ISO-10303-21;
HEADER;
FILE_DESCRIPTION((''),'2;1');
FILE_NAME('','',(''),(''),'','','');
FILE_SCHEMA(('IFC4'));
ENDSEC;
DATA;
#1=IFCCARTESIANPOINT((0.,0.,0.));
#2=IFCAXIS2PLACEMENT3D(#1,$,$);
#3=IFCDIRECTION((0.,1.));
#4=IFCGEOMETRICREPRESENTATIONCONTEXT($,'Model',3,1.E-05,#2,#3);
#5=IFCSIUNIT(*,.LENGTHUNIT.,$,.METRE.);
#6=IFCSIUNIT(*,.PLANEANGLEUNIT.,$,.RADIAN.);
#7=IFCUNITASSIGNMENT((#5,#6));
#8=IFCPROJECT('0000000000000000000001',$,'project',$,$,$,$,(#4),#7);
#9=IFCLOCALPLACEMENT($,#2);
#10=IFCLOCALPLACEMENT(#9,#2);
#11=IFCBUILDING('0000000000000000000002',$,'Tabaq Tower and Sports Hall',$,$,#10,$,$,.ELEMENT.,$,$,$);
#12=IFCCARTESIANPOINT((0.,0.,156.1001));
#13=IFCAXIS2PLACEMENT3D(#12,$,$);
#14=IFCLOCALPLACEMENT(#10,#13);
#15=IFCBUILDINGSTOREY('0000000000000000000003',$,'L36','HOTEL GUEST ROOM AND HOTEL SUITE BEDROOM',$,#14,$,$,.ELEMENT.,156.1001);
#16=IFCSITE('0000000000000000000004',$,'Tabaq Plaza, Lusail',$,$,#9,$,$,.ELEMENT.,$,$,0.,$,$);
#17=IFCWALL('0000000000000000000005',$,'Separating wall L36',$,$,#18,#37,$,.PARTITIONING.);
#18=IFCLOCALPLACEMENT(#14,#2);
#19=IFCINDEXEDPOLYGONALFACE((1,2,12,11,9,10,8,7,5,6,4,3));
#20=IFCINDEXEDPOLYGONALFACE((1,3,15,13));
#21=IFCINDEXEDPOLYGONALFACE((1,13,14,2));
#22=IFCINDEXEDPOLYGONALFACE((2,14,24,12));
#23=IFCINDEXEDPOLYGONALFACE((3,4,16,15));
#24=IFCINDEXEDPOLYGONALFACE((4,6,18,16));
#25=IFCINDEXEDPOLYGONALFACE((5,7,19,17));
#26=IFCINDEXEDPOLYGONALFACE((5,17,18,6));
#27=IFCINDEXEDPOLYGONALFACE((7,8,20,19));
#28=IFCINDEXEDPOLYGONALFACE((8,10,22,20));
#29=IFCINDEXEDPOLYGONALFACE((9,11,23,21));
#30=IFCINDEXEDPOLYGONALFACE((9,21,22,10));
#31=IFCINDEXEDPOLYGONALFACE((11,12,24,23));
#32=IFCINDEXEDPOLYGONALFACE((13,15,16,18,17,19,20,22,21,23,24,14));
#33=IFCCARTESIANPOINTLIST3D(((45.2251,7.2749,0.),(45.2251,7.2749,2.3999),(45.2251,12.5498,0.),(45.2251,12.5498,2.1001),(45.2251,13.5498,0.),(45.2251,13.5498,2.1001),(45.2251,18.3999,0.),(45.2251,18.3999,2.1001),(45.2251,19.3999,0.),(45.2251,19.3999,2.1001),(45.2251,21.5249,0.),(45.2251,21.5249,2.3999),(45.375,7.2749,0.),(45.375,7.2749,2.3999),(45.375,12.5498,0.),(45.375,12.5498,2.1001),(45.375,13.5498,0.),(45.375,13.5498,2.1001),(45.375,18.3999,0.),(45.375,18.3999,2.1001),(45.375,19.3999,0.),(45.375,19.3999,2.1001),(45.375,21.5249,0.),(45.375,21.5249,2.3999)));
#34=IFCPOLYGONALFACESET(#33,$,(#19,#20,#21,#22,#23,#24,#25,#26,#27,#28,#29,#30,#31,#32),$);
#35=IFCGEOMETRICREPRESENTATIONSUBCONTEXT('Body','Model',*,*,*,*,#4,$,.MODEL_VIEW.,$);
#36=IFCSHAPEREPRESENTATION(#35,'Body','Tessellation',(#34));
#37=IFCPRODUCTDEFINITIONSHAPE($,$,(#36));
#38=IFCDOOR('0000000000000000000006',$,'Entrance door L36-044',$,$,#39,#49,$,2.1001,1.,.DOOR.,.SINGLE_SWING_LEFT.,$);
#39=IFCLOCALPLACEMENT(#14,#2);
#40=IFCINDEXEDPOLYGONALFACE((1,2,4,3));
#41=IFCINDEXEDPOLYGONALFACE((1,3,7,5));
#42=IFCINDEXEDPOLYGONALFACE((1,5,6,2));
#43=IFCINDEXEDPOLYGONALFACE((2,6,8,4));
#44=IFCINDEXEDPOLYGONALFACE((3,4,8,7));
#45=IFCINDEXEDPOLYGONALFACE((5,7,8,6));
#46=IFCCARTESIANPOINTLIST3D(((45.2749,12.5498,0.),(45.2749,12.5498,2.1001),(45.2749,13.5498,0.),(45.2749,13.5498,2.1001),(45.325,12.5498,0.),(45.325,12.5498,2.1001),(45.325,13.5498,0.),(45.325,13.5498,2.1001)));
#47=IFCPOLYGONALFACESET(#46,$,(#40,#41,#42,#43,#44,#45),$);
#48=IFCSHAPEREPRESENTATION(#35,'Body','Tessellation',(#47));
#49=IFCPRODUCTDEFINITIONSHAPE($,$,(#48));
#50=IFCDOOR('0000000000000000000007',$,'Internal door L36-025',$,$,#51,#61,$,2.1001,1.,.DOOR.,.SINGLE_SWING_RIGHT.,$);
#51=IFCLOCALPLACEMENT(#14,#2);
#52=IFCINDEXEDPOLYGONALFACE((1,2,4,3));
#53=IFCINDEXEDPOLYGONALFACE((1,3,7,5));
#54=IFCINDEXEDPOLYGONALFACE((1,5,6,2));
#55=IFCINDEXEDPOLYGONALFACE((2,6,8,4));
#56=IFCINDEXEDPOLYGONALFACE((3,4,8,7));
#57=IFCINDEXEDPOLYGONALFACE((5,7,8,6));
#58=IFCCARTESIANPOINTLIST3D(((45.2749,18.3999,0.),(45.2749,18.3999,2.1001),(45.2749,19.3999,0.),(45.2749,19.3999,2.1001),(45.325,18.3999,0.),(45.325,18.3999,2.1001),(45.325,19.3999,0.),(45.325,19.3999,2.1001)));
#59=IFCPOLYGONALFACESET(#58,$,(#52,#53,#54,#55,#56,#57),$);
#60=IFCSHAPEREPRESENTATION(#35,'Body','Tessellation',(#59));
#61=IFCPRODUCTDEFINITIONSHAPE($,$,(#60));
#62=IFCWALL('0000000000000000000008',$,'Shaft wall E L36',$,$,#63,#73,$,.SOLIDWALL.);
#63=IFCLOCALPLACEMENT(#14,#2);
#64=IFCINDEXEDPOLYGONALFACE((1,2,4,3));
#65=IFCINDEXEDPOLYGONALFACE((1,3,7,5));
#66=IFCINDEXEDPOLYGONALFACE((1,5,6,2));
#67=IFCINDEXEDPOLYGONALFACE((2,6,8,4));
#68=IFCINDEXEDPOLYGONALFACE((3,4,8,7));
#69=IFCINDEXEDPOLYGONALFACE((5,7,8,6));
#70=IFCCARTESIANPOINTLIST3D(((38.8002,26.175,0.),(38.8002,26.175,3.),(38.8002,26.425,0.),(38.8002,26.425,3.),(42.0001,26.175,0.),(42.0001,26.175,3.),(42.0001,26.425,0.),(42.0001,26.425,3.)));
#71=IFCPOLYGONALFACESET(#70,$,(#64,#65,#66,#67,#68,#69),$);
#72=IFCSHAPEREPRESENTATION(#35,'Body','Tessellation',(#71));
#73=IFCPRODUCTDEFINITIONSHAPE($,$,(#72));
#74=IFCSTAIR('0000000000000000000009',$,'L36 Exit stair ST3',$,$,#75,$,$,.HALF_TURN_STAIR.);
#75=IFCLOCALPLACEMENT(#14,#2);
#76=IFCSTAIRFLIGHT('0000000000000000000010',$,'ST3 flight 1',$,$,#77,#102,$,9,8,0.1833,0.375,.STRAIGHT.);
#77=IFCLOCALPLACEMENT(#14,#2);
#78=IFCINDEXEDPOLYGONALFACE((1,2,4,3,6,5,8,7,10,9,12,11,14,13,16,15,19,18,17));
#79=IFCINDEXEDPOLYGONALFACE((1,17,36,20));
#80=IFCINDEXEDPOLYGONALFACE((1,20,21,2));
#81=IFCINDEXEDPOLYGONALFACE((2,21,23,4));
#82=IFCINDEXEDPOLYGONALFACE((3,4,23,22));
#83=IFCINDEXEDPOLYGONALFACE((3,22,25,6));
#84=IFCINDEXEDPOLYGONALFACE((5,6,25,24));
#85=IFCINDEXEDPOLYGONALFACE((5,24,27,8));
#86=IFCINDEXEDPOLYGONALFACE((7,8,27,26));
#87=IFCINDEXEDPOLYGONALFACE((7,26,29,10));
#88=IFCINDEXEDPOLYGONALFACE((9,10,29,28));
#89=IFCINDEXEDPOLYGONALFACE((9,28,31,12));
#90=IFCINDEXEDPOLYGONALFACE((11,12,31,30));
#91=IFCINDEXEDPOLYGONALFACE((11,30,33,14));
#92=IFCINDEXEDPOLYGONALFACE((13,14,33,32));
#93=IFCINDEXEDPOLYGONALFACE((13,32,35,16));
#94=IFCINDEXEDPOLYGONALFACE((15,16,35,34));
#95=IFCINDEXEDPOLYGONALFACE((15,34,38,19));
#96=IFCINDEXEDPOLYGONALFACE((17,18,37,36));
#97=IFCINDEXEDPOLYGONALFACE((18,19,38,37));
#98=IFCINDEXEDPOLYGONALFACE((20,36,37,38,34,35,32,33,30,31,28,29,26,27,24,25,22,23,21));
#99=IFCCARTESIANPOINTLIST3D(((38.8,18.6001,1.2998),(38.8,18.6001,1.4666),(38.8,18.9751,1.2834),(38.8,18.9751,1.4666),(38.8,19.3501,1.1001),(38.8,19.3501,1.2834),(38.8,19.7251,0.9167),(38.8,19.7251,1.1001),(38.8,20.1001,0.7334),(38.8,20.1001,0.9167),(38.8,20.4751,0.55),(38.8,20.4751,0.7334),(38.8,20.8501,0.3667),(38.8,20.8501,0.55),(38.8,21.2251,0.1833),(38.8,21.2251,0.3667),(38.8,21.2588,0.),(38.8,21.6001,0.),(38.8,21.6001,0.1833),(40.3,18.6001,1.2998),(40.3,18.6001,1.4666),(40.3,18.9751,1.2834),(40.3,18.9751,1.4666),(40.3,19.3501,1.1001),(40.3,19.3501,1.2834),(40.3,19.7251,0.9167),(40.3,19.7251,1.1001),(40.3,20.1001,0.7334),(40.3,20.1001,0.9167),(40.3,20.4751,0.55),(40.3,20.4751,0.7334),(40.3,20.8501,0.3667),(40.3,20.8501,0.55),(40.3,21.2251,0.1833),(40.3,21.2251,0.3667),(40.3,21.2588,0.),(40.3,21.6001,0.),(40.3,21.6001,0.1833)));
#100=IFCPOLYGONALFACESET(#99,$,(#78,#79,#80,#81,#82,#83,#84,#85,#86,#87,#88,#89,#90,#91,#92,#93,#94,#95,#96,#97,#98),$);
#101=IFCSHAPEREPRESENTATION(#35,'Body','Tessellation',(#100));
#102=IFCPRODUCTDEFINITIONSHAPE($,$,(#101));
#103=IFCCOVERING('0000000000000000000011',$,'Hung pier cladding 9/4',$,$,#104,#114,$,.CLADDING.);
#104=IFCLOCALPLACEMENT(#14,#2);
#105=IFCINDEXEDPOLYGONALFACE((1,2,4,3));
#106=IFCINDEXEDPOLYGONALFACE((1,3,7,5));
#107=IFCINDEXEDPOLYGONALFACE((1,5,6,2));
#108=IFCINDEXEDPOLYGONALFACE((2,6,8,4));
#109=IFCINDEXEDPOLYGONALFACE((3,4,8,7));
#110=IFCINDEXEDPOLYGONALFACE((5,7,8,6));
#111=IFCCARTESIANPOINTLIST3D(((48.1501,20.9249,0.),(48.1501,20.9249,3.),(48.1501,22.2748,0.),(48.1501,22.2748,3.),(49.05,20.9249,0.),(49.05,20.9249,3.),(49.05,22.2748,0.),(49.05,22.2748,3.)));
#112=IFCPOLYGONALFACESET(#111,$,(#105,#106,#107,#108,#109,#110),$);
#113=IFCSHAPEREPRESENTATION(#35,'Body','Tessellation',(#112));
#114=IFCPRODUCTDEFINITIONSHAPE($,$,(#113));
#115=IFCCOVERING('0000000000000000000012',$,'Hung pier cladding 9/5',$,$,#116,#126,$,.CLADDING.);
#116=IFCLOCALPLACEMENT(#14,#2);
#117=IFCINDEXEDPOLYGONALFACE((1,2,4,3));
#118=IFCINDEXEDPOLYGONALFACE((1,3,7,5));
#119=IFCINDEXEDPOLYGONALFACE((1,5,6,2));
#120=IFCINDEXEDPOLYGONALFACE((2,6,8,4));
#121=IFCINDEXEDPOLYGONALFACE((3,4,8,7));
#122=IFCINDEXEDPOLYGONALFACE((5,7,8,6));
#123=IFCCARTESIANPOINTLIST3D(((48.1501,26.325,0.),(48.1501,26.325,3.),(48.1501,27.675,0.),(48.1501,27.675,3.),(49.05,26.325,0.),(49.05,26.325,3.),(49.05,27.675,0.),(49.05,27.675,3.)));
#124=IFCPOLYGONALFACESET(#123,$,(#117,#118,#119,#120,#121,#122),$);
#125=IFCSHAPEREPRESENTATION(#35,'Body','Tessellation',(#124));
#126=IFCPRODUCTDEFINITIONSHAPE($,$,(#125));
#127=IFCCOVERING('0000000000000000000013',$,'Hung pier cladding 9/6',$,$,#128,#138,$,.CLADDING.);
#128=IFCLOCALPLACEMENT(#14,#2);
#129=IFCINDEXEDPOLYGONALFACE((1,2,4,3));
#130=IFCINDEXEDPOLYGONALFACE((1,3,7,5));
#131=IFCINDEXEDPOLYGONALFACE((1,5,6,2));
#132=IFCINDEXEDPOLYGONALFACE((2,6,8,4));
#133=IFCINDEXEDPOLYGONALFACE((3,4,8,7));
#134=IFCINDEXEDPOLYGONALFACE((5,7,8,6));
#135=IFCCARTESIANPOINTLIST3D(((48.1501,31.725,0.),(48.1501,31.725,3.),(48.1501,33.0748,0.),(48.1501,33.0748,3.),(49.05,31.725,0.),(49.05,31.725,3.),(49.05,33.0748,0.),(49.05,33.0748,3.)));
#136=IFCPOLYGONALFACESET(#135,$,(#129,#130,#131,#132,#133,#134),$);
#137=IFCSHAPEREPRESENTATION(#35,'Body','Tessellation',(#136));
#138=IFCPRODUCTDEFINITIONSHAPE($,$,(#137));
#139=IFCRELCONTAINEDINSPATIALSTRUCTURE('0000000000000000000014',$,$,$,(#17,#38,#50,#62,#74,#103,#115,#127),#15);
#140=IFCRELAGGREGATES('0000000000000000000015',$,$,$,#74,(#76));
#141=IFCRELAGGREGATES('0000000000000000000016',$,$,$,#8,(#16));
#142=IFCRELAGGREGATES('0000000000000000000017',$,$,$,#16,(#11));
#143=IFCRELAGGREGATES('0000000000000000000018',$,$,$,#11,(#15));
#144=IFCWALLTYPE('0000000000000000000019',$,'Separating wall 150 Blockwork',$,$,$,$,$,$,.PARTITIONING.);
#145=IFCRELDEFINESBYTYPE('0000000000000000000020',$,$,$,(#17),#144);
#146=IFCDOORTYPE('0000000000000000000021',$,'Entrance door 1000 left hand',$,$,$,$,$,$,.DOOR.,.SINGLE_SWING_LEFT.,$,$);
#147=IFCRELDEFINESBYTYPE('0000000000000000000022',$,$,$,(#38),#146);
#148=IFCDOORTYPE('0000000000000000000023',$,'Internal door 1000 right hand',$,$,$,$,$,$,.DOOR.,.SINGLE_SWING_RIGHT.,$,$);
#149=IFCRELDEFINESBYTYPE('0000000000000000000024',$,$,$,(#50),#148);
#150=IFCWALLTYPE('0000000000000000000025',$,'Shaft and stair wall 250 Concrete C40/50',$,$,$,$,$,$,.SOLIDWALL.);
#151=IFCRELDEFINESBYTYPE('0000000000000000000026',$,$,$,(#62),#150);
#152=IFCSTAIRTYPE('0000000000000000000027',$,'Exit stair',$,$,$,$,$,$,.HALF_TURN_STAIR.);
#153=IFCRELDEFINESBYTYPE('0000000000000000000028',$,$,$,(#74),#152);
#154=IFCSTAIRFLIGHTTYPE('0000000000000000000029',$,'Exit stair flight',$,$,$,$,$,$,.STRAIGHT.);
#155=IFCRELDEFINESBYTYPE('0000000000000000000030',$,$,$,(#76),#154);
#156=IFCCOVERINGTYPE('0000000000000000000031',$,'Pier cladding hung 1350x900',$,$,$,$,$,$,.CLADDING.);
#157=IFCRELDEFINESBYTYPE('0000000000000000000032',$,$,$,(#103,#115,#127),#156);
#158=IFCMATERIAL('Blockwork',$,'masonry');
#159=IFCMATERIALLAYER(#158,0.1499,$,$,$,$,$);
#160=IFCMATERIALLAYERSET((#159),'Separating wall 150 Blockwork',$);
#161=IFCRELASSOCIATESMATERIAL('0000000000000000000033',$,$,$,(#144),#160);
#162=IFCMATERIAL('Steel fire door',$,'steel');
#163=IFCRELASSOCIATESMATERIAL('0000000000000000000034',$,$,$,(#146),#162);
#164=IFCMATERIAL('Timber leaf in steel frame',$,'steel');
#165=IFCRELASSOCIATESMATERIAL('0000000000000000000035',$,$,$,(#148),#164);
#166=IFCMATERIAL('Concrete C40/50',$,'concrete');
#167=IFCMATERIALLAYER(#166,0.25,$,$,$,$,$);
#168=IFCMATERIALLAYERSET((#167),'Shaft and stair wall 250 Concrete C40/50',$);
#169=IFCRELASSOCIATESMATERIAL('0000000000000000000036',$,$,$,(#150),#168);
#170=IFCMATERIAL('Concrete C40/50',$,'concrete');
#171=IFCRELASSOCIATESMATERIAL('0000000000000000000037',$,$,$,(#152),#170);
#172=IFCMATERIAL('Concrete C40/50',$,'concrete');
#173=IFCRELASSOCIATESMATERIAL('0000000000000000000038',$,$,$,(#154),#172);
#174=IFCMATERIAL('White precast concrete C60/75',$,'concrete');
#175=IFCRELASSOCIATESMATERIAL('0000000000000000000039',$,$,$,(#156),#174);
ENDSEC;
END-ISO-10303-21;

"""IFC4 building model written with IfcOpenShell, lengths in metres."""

from ifc_helpers import new_model, si_unit, direction, frame, frame_2d, origin, place, context, subcontext, project, spatial, polyline, rectangle, outline, extrude, material, layer, layer_set, type_object, element, fill, aggregate, save


model = new_model("IFC4")

# Units and contexts
model_context = context("Model", 3, precision=1e-05, world=origin(), true_north=direction((0.0, 1.0)))
body_context = subcontext(model_context, "Body", "Model", "MODEL_VIEW")
ifc_project = project(units=[si_unit("LENGTHUNIT", "METRE"), si_unit("PLANEANGLEUNIT", "RADIAN")], contexts=[model_context])

# Site, building, storey
site_placement = place(None, origin())
site = spatial("IfcSite", under=ifc_project, at=site_placement, Name="Tabaq Plaza, Lusail", CompositionType="ELEMENT", RefElevation=0.0)
building_placement = place(site_placement, origin())
building = spatial("IfcBuilding", under=site, at=building_placement, Name="Tabaq Tower and Sports Hall", CompositionType="ELEMENT")
storey_placement = place(building_placement, frame((0.0, 0.0, 156.1001)))
storey = spatial("IfcBuildingStorey", under=building, at=storey_placement, Name="L36", Description="HOTEL GUEST ROOM AND HOTEL SUITE BEDROOM", CompositionType="ELEMENT", Elevation=156.1001)

# Shared definitions
ifc_material_1 = material(Name="Blockwork", Category="masonry")
ifc_layer_1 = layer(ifc_material_1, 0.1499)
ifc_layer_set_1 = layer_set([ifc_layer_1], Name="Separating wall 150 Blockwork")
wall_type_1 = type_object("IfcWallType", Name="Separating wall 150 Blockwork", PredefinedType="PARTITIONING", material=ifc_layer_set_1)

# Wall, openings, doors
wall_1_placement = place(storey_placement, frame((45.3, 21.5249, 0.0), z_axis=(0.0, 0.0, 1.0), x_axis=(0.0, -1.0, 0.0)))
wall_1 = element("IfcWall", 1, at=wall_1_placement, inside=storey, type_object=wall_type_1, Name="Separating wall L36", PredefinedType="PARTITIONING", context=body_context, shape_type="SweptSolid", body=[
    extrude(rectangle(XDim=14.25, YDim=0.1499, at=frame_2d((7.125, 0.0))), origin(), (0.0, 0.0, 1.0), 2.3999),
])
opening_1_placement = place(wall_1_placement, frame((2.125, 0.0, 0.0)))
opening_1 = element("IfcOpeningElement", 2, at=opening_1_placement, cuts=wall_1, PredefinedType="OPENING", context=body_context, shape_type="SweptSolid", body=[
    extrude(rectangle(XDim=1.0, YDim=2.1001, at=frame_2d((0.5, 1.05))), frame((0.0, 0.075, 0.0), z_axis=(0.0, -1.0, 0.0), x_axis=(1.0, 0.0, 0.0)), (0.0, 0.0, 1.0), 0.1499),
])
opening_2_placement = place(wall_1_placement, frame((7.9751, 0.0, 0.0)))
opening_2 = element("IfcOpeningElement", 3, at=opening_2_placement, cuts=wall_1, PredefinedType="OPENING", context=body_context, shape_type="SweptSolid", body=[
    extrude(rectangle(XDim=1.0, YDim=2.1001, at=frame_2d((0.5, 1.05))), frame((0.0, 0.075, 0.0), z_axis=(0.0, -1.0, 0.0), x_axis=(1.0, 0.0, 0.0)), (0.0, 0.0, 1.0), 0.1499),
])
ifc_material_2 = material(Name="Steel fire door", Category="steel")
door_type_1 = type_object("IfcDoorType", Name="Entrance door 1000 left hand", OperationType="SINGLE_SWING_LEFT", PredefinedType="DOOR", material=ifc_material_2)
door_1_placement = place(opening_2_placement, origin())
door_1 = element("IfcDoor", 4, at=door_1_placement, inside=storey, type_object=door_type_1, Name="Entrance door L36-044", OperationType="SINGLE_SWING_LEFT", OverallHeight=2.1001, OverallWidth=1.0, PredefinedType="DOOR", context=body_context, shape_type="SweptSolid", body=[
    extrude(rectangle(XDim=1.0, YDim=2.1001, at=frame_2d((0.5, 1.05))), frame((0.0, 0.0249, 0.0), z_axis=(0.0, -1.0, 0.0), x_axis=(1.0, 0.0, 0.0)), (0.0, 0.0, 1.0), 0.05),
])
fill(opening_2, door_1)
ifc_material_3 = material(Name="Timber leaf in steel frame", Category="steel")
door_type_2 = type_object("IfcDoorType", Name="Internal door 1000 right hand", OperationType="SINGLE_SWING_RIGHT", PredefinedType="DOOR", material=ifc_material_3)
door_2_placement = place(opening_1_placement, origin())
door_2 = element("IfcDoor", 5, at=door_2_placement, inside=storey, type_object=door_type_2, Name="Internal door L36-025", OperationType="SINGLE_SWING_RIGHT", OverallHeight=2.1001, OverallWidth=1.0, PredefinedType="DOOR", context=body_context, shape_type="SweptSolid", body=[
    extrude(rectangle(XDim=1.0, YDim=2.1001, at=frame_2d((0.5, 1.05))), frame((0.0, 0.0249, 0.0), z_axis=(0.0, -1.0, 0.0), x_axis=(1.0, 0.0, 0.0)), (0.0, 0.0, 1.0), 0.05),
])
fill(opening_1, door_2)

# Wall
ifc_material_4 = material(Name="Concrete C40/50", Category="concrete")
ifc_layer_2 = layer(ifc_material_4, 0.25)
ifc_layer_set_2 = layer_set([ifc_layer_2], Name="Shaft and stair wall 250 Concrete C40/50")
wall_type_2 = type_object("IfcWallType", Name="Shaft and stair wall 250 Concrete C40/50", PredefinedType="SOLIDWALL", material=ifc_layer_set_2)
wall_2_placement = place(storey_placement, frame((38.8, 26.3, 0.0), z_axis=(0.0, 0.0, 1.0), x_axis=(1.0, 0.0, 0.0)))
element("IfcWall", 6, at=wall_2_placement, inside=storey, type_object=wall_type_2, Name="Shaft wall E L36", PredefinedType="SOLIDWALL", context=body_context, shape_type="SweptSolid", body=[
    extrude(rectangle(XDim=3.2, YDim=0.25, at=frame_2d((1.6001, 0.0))), origin(), (0.0, 0.0, 1.0), 3.0),
])

# Stair, stair flight
ifc_material_5 = material(Name="Concrete C40/50", Category="concrete")
stair_type = type_object("IfcStairType", Name="Exit stair", PredefinedType="HALF_TURN_STAIR", material=ifc_material_5)
stair_placement = place(storey_placement, origin())
stair = element("IfcStair", 7, at=stair_placement, inside=storey, type_object=stair_type, Name="L36 Exit stair ST3", PredefinedType="HALF_TURN_STAIR")
ifc_material_6 = material(Name="Concrete C40/50", Category="concrete")
stair_flight_type = type_object("IfcStairFlightType", Name="Exit stair flight", PredefinedType="STRAIGHT", material=ifc_material_6)
stair_flight_placement = place(storey_placement, frame((39.55, 21.6001, 0.0), z_axis=(0.0, 0.0, 1.0), x_axis=(0.0, -1.0, 0.0)))
stair_flight = element("IfcStairFlight", 8, at=stair_flight_placement, type_object=stair_flight_type, Name="ST3 flight 1", NumberOfRisers=9, NumberOfTreads=8, PredefinedType="STRAIGHT", RiserHeight=0.1833, TreadLength=0.375, context=body_context, shape_type="SweptSolid", body=[
    extrude(outline(polyline([(0.0, 0.0), (0.0, 0.1833), (0.375, 0.1833), (0.375, 0.3667), (0.75, 0.3667), (0.75, 0.55), (1.125, 0.55), (1.125, 0.7334), (1.5, 0.7334), (1.5, 0.9167), (1.875, 0.9167), (1.875, 1.1001), (2.25, 1.1001), (2.25, 1.2834), (2.625, 1.2834), (2.625, 1.4666), (3.0, 1.4666), (3.0, 1.6499), (3.0, 1.2998), (0.3413, 0.0), (0.0, 0.0)])), frame((0.0, 0.75, 0.0), z_axis=(0.0, -1.0, 0.0), x_axis=(1.0, 0.0, 0.0)), (0.0, 0.0, 1.0), 1.5),
])
aggregate(stair, [stair_flight])

# Coverings
ifc_material_7 = material(Name="White precast concrete C60/75", Category="concrete")
covering_type_1 = type_object("IfcCoveringType", Name="Pier cladding hung 1350x900", PredefinedType="CLADDING", material=ifc_material_7)
covering_1_placement = place(storey_placement, frame((48.6001, 20.925, 0.0), z_axis=(0.0, 0.0, 1.0), x_axis=(0.0, 1.0, 0.0)))
element("IfcCovering", 9, at=covering_1_placement, inside=storey, type_object=covering_type_1, Name="Hung pier cladding 9/4", PredefinedType="CLADDING", context=body_context, shape_type="SweptSolid", body=[
    extrude(rectangle(XDim=1.3499, YDim=0.8999, at=frame_2d((0.6748, 0.0))), origin(), (0.0, 0.0, 1.0), 3.0),
])
covering_2_placement = place(storey_placement, frame((48.6001, 26.325, 0.0), z_axis=(0.0, 0.0, 1.0), x_axis=(0.0, 1.0, 0.0)))
element("IfcCovering", 10, at=covering_2_placement, inside=storey, type_object=covering_type_1, Name="Hung pier cladding 9/5", PredefinedType="CLADDING", context=body_context, shape_type="SweptSolid", body=[
    extrude(rectangle(XDim=1.3501, YDim=0.8999, at=frame_2d((0.675, 0.0))), origin(), (0.0, 0.0, 1.0), 3.0),
])
covering_3_placement = place(storey_placement, frame((48.6001, 31.7251, 0.0), z_axis=(0.0, 0.0, 1.0), x_axis=(0.0, 1.0, 0.0)))
element("IfcCovering", 11, at=covering_3_placement, inside=storey, type_object=covering_type_1, Name="Hung pier cladding 9/6", PredefinedType="CLADDING", context=body_context, shape_type="SweptSolid", body=[
    extrude(rectangle(XDim=1.3499, YDim=0.8999, at=frame_2d((0.6748, 0.0))), origin(), (0.0, 0.0, 1.0), 3.0),
])

save(model, "model.ifc")
